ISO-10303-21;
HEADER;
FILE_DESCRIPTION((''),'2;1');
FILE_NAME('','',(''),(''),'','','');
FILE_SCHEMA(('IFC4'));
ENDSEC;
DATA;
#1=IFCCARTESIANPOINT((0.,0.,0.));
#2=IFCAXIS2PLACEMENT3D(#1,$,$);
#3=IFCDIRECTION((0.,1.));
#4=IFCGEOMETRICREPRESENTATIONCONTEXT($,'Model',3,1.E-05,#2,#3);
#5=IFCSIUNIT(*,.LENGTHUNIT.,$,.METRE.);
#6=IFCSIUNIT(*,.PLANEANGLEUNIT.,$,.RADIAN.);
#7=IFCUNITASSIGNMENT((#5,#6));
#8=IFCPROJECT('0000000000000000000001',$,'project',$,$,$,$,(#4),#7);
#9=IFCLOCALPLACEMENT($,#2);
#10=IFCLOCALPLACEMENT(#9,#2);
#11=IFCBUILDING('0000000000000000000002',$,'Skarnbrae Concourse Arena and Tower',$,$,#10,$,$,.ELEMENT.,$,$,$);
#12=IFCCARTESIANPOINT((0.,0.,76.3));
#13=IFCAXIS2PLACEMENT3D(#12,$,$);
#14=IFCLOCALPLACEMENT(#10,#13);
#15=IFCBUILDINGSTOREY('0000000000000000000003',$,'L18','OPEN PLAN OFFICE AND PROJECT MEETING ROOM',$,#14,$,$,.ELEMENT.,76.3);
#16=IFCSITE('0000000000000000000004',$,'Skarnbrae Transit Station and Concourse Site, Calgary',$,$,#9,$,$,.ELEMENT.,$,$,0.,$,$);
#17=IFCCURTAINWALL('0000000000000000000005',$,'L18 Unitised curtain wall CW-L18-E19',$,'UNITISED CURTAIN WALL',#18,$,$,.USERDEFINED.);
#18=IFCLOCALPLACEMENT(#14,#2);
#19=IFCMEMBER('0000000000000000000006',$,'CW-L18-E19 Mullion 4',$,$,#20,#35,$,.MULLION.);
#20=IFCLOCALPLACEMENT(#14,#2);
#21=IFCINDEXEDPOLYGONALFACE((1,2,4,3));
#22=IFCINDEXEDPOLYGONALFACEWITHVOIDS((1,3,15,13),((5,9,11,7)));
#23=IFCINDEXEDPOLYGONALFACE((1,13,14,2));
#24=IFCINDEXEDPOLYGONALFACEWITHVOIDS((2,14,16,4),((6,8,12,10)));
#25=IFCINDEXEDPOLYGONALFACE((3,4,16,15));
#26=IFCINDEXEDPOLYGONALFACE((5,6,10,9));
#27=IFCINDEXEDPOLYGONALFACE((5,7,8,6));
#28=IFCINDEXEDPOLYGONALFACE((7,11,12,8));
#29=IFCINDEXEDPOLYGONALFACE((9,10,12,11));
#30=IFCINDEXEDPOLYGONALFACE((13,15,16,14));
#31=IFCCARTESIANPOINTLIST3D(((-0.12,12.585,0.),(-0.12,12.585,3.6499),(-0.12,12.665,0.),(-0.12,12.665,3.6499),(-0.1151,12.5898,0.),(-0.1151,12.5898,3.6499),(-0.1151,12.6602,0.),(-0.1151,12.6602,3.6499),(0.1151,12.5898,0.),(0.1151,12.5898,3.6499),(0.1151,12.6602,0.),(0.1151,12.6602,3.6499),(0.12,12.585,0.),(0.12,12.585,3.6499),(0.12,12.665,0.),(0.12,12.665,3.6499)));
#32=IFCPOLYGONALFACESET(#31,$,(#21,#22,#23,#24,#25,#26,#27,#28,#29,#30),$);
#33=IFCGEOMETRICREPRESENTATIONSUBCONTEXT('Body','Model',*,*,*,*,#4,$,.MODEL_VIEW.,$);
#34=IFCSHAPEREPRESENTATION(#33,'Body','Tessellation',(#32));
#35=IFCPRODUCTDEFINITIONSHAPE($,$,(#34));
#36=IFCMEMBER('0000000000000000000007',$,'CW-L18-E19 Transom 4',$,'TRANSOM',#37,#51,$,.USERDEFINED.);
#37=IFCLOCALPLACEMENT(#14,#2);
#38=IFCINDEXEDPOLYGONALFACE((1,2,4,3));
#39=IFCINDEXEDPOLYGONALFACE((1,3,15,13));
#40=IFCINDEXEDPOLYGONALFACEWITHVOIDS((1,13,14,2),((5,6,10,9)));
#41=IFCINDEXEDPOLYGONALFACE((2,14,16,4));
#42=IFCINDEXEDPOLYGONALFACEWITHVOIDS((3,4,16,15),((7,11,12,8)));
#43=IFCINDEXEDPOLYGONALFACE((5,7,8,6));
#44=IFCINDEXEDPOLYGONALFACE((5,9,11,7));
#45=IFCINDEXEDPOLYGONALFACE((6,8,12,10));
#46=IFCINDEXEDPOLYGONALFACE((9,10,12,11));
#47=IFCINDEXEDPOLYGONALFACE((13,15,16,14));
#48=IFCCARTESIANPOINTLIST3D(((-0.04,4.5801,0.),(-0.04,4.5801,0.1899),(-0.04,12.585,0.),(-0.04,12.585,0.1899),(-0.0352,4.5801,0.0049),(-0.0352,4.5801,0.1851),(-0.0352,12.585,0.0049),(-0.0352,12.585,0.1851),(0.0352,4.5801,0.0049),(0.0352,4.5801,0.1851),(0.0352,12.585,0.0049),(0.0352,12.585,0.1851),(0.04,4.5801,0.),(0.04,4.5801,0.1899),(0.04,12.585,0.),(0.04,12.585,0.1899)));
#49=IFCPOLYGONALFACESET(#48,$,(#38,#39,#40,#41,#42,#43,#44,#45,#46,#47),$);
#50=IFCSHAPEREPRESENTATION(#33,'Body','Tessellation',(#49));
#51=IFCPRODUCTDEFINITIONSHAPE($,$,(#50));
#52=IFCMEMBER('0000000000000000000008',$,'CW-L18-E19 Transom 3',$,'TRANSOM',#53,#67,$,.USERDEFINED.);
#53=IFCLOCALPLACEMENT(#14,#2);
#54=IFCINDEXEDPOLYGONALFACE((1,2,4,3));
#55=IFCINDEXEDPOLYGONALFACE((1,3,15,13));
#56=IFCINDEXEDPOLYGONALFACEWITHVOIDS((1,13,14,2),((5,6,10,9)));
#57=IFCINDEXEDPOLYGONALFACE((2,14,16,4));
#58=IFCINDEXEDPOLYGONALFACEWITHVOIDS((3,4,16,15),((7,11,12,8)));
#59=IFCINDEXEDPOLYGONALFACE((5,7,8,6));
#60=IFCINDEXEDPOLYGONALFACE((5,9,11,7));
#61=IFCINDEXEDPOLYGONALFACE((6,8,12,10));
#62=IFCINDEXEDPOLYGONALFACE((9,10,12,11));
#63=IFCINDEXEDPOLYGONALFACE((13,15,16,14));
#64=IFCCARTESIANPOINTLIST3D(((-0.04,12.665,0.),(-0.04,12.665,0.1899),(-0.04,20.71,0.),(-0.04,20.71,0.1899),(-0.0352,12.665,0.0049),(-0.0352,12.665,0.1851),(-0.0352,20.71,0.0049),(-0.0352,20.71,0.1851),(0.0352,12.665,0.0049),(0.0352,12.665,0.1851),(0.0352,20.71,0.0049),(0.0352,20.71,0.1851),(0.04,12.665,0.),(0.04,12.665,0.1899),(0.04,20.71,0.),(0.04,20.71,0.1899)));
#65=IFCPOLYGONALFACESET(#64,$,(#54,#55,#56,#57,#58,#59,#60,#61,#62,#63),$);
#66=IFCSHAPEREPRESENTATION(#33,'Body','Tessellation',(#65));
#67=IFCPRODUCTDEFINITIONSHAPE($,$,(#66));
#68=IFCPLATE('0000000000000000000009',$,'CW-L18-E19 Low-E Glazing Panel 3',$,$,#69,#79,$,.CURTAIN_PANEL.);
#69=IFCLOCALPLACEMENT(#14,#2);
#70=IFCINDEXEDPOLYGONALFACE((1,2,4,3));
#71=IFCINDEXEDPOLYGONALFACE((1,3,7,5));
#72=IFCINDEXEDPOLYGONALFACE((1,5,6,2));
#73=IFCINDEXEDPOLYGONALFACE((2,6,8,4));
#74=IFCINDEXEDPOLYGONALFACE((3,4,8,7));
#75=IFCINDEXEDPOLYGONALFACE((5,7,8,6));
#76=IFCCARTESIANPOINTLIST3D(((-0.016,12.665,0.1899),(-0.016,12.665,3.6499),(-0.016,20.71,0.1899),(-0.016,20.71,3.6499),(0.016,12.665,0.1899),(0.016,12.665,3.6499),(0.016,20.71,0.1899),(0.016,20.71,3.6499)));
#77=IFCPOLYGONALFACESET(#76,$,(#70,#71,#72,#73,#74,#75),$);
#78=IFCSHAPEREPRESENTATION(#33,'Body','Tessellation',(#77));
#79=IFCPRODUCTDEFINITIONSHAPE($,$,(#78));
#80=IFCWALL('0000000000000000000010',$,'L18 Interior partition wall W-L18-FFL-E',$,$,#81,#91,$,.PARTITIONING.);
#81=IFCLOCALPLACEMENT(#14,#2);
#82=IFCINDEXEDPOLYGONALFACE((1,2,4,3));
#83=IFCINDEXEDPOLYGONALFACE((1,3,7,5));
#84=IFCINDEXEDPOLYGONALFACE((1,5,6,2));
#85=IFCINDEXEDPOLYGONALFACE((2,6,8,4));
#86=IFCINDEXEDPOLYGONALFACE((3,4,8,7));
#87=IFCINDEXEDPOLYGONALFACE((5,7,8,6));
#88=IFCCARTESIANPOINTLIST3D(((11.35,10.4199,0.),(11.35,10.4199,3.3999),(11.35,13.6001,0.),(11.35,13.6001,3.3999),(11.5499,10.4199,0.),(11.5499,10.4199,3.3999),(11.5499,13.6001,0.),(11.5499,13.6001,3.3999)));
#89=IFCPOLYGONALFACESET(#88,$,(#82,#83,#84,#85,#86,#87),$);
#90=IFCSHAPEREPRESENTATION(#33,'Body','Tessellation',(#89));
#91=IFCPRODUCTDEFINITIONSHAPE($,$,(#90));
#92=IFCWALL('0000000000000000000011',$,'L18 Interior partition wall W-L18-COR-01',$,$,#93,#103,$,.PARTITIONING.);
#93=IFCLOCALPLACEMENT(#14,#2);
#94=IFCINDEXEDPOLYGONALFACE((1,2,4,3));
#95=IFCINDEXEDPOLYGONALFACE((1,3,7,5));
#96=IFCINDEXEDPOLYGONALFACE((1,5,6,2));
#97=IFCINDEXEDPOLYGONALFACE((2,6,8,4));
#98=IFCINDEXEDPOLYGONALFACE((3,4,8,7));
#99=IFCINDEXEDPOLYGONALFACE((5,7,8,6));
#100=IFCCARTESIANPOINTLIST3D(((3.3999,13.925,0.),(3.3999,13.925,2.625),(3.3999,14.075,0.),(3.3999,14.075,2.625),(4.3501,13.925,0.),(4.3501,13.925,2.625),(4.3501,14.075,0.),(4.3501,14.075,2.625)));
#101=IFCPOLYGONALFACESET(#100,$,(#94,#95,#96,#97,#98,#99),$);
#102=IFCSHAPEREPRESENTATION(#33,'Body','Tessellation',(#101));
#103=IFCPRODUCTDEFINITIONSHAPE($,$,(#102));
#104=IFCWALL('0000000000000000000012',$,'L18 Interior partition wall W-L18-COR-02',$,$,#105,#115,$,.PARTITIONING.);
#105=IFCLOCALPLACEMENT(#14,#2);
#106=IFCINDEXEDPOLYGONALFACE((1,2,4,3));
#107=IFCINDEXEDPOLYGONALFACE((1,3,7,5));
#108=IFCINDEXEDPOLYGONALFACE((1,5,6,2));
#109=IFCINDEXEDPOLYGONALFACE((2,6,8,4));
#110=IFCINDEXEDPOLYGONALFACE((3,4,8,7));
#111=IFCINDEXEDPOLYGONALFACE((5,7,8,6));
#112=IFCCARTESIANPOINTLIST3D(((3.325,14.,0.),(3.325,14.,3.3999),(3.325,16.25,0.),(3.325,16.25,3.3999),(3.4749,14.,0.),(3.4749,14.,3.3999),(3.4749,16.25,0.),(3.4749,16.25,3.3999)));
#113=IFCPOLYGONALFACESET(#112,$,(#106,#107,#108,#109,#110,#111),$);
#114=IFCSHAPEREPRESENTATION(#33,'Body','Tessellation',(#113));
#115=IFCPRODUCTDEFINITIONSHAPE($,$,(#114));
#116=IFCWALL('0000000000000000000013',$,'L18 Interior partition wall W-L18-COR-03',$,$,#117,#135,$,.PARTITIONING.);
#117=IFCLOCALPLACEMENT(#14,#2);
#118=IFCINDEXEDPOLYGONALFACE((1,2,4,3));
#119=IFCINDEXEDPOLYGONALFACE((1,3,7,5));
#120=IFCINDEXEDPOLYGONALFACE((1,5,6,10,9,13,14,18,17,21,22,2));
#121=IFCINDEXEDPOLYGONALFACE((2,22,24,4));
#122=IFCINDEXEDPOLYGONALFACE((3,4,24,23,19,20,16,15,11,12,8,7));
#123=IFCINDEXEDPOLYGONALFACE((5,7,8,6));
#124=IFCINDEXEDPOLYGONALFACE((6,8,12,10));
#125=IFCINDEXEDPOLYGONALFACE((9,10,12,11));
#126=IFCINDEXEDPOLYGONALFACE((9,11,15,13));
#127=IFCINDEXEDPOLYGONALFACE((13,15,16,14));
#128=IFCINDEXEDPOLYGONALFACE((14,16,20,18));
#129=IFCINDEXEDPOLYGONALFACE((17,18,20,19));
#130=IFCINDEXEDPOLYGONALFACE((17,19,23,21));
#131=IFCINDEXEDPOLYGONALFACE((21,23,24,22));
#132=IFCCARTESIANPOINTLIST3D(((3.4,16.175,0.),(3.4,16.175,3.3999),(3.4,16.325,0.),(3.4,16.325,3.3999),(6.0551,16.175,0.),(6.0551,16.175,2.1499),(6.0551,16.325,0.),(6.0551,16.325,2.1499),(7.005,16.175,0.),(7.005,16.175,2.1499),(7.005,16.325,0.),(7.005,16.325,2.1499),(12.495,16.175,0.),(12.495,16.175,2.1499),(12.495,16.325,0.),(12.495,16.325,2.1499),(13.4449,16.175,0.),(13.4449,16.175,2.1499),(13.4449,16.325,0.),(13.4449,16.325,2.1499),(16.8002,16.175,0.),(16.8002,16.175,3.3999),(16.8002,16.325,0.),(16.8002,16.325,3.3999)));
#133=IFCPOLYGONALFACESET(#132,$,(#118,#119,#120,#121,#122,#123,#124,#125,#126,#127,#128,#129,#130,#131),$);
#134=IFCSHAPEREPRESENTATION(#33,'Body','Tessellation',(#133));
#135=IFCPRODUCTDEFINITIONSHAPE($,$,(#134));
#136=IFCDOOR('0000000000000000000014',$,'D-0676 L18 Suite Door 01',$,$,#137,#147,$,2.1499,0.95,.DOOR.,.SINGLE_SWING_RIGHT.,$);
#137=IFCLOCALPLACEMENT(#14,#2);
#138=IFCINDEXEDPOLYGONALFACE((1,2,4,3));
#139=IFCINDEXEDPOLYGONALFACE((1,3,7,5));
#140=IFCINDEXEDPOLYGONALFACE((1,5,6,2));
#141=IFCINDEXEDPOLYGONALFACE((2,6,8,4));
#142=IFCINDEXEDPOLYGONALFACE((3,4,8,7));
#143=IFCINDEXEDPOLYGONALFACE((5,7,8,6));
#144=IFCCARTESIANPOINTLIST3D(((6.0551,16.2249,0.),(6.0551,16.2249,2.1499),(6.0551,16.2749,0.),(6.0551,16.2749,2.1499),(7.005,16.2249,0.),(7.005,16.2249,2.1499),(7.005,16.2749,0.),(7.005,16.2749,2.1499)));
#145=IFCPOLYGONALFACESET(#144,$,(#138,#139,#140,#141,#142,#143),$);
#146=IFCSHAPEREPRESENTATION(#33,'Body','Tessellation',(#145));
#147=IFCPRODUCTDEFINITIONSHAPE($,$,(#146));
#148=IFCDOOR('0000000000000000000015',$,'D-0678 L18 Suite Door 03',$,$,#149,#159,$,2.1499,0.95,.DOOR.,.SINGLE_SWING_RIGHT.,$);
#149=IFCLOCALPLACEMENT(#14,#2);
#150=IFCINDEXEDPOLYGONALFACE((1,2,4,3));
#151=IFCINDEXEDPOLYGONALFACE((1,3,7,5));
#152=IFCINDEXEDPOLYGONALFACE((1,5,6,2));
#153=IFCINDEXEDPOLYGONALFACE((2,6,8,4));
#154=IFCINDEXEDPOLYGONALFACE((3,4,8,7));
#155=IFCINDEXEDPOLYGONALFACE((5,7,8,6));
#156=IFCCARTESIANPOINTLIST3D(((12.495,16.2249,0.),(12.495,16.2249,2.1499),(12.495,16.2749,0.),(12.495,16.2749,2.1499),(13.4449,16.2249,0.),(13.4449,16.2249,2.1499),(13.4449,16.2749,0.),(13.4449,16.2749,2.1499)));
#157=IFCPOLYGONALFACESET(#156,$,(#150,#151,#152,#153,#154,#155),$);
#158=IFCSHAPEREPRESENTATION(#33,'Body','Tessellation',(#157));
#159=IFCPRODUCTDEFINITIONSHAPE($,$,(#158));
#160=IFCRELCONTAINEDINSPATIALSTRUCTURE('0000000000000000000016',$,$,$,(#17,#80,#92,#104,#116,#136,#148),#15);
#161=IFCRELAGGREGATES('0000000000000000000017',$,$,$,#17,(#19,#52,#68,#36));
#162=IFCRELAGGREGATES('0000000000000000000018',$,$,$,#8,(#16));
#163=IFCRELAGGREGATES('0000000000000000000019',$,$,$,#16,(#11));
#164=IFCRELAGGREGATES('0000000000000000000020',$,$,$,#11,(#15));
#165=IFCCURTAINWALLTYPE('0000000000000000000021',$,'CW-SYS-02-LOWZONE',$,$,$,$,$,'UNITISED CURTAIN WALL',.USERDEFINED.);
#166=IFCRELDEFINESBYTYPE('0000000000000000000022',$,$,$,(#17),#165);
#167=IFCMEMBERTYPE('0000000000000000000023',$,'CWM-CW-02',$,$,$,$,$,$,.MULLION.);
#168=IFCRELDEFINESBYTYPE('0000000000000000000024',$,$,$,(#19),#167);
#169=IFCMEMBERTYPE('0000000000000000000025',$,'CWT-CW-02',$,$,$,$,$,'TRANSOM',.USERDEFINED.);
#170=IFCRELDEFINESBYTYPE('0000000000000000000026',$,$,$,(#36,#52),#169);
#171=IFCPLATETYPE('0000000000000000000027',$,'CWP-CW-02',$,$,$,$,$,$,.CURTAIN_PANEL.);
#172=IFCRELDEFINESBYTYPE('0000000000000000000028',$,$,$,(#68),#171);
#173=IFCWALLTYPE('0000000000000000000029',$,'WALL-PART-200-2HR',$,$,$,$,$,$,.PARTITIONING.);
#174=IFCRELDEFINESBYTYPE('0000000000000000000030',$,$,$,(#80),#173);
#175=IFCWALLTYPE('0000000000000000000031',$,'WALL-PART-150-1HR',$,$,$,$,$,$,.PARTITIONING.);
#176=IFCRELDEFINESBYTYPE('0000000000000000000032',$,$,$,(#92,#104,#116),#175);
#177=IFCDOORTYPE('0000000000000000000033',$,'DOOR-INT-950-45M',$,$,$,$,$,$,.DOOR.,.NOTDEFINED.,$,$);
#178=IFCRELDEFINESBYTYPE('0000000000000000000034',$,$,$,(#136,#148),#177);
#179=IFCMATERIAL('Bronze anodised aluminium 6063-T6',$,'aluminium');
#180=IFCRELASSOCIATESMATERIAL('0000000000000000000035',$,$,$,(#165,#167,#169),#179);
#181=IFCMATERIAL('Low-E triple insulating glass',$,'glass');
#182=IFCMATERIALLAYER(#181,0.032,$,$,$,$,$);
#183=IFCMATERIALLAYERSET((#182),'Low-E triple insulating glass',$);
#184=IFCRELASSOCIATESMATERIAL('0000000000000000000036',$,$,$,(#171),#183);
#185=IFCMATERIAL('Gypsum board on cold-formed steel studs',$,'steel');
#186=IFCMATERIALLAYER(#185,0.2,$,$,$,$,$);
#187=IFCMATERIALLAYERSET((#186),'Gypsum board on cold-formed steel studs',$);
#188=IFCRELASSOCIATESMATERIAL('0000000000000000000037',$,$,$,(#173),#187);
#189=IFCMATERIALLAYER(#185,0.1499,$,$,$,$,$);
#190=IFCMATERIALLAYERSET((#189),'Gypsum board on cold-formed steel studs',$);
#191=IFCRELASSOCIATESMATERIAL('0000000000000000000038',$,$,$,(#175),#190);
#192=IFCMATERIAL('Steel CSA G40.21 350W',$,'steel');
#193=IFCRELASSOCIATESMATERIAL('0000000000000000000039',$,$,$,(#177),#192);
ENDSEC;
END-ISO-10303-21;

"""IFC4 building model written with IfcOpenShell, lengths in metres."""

from ifc_helpers import new_model, si_unit, direction, frame, frame_2d, origin, origin_2d, place, context, subcontext, project, spatial, rectangle, hollow_rectangle, extrude, source, transform, mapped, material, layer, layer_set, material_profile, profile_set, type_object, element, fill, aggregate, save


model = new_model("IFC4")

# Units and contexts
model_context = context("Model", 3, precision=1e-05, world=origin(), true_north=direction((0.0, 1.0)))
body_context = subcontext(model_context, "Body", "Model", "MODEL_VIEW")
ifc_project = project(units=[si_unit("LENGTHUNIT", "METRE"), si_unit("PLANEANGLEUNIT", "RADIAN")], contexts=[model_context])

# Site, building, storey
site_placement = place(None, origin())
site = spatial("IfcSite", under=ifc_project, at=site_placement, Name="Skarnbrae Transit Station and Concourse Site, Calgary", CompositionType="ELEMENT", RefElevation=0.0)
building_placement = place(site_placement, origin())
building = spatial("IfcBuilding", under=site, at=building_placement, Name="Skarnbrae Concourse Arena and Tower", CompositionType="ELEMENT")
storey_placement = place(building_placement, frame((0.0, 0.0, 76.3)))
storey = spatial("IfcBuildingStorey", under=building, at=storey_placement, Name="L18", Description="OPEN PLAN OFFICE AND PROJECT MEETING ROOM", CompositionType="ELEMENT", Elevation=76.3)

# Shared definitions
ifc_material_1 = material(Name="Steel CSA G40.21 350W", Category="steel")

# Curtain wall, members, plate
ifc_material_2 = material(Name="Bronze anodised aluminium 6063-T6", Category="aluminium")
curtain_wall_type = type_object("IfcCurtainWallType", Name="CW-SYS-02-LOWZONE", ElementType="UNITISED CURTAIN WALL", PredefinedType="USERDEFINED", material=ifc_material_2)
curtain_wall_placement = place(storey_placement, origin())
curtain_wall = element("IfcCurtainWall", 1, at=curtain_wall_placement, inside=storey, type_object=curtain_wall_type, Name="L18 Unitised curtain wall CW-L18-E19", ObjectType="UNITISED CURTAIN WALL", PredefinedType="USERDEFINED")
ifc_material_profile_1 = material_profile(ifc_material_2, hollow_rectangle(XDim=0.0801, YDim=0.24, WallThickness=0.0049, at=origin_2d()), Name="ALU-MULL-80X240")
ifc_profile_set_1 = profile_set([ifc_material_profile_1], Name="Bronze anodised aluminium 6063-T6")
member_type_1 = type_object("IfcMemberType", Name="CWM-CW-02", PredefinedType="MULLION", material=ifc_profile_set_1)
shared_shape_1 = source(origin(), body_context, "Body", "SweptSolid", [
    extrude(hollow_rectangle(XDim=0.0801, YDim=0.24, WallThickness=0.0049, at=origin_2d()), origin(), (0.0, 0.0, 1.0), 3.6499),
])
member_1_placement = place(storey_placement, frame((0.0, 12.625, 0.0), z_axis=(0.0, 0.0, 1.0), x_axis=(0.0, -1.0, 0.0)))
member_1 = element("IfcMember", 2, at=member_1_placement, type_object=member_type_1, Name="CW-L18-E19 Mullion 4", PredefinedType="MULLION", context=body_context, shape_type="MappedRepresentation", body=[
    mapped(shared_shape_1, transform((0.0, 0.0, 0.0))),
])
ifc_material_profile_2 = material_profile(ifc_material_2, hollow_rectangle(XDim=0.0801, YDim=0.1899, WallThickness=0.0049, at=origin_2d()), Name="ALU-TRAN-80X190")
ifc_profile_set_2 = profile_set([ifc_material_profile_2], Name="Bronze anodised aluminium 6063-T6")
member_type_2 = type_object("IfcMemberType", Name="CWT-CW-02", ElementType="TRANSOM", PredefinedType="USERDEFINED", material=ifc_profile_set_2)
shared_shape_2 = source(origin(), body_context, "Body", "SweptSolid", [
    extrude(hollow_rectangle(XDim=0.0801, YDim=0.1899, WallThickness=0.0049, at=origin_2d()), origin(), (0.0, 0.0, 1.0), 8.0049),
])
member_2_placement = place(storey_placement, frame((0.0, 12.585, 0.095), z_axis=(0.0, -1.0, 0.0), x_axis=(1.0, 0.0, 0.0)))
member_2 = element("IfcMember", 3, at=member_2_placement, type_object=member_type_2, Name="CW-L18-E19 Transom 4", ObjectType="TRANSOM", PredefinedType="USERDEFINED", context=body_context, shape_type="MappedRepresentation", body=[
    mapped(shared_shape_2, transform((0.0, 0.0, 0.0))),
])
shared_shape_3 = source(origin(), body_context, "Body", "SweptSolid", [
    extrude(hollow_rectangle(XDim=0.0801, YDim=0.1899, WallThickness=0.0049, at=origin_2d()), origin(), (0.0, 0.0, 1.0), 8.0449),
])
member_3_placement = place(storey_placement, frame((0.0, 20.71, 0.095), z_axis=(0.0, -1.0, 0.0), x_axis=(1.0, 0.0, 0.0)))
member_3 = element("IfcMember", 4, at=member_3_placement, type_object=member_type_2, Name="CW-L18-E19 Transom 3", ObjectType="TRANSOM", PredefinedType="USERDEFINED", context=body_context, shape_type="MappedRepresentation", body=[
    mapped(shared_shape_3, transform((0.0, 0.0, 0.0))),
])
ifc_material_3 = material(Name="Low-E triple insulating glass", Category="glass")
ifc_layer_1 = layer(ifc_material_3, 0.032)
ifc_layer_set_1 = layer_set([ifc_layer_1], Name="Low-E triple insulating glass")
plate_type = type_object("IfcPlateType", Name="CWP-CW-02", PredefinedType="CURTAIN_PANEL", material=ifc_layer_set_1)
shared_shape_4 = source(origin(), body_context, "Body", "SweptSolid", [
    extrude(rectangle(XDim=8.0449, YDim=0.032, at=origin_2d()), origin(), (0.0, 0.0, 1.0), 3.46),
])
plate_placement = place(storey_placement, frame((0.0, 16.6875, 0.1899), z_axis=(0.0, 0.0, 1.0), x_axis=(0.0, -1.0, 0.0)))
plate = element("IfcPlate", 5, at=plate_placement, type_object=plate_type, Name="CW-L18-E19 Low-E Glazing Panel 3", PredefinedType="CURTAIN_PANEL", context=body_context, shape_type="MappedRepresentation", body=[
    mapped(shared_shape_4, transform((0.0, 0.0, 0.0))),
])
aggregate(curtain_wall, [member_1, member_3, plate, member_2])

# Wall
ifc_material_4 = material(Name="Gypsum board on cold-formed steel studs", Category="steel")
ifc_layer_2 = layer(ifc_material_4, 0.2)
ifc_layer_set_2 = layer_set([ifc_layer_2], Name="Gypsum board on cold-formed steel studs")
wall_type_1 = type_object("IfcWallType", Name="WALL-PART-200-2HR", PredefinedType="PARTITIONING", material=ifc_layer_set_2)
shared_shape_5 = source(origin(), body_context, "Body", "SweptSolid", [
    extrude(rectangle(XDim=3.1802, YDim=0.2, at=frame_2d((1.5901, 0.0))), origin(), (0.0, 0.0, 1.0), 3.3999),
])
wall_1_placement = place(storey_placement, frame((11.45, 10.4199, 0.0), z_axis=(0.0, 0.0, 1.0), x_axis=(0.0, 1.0, 0.0)))
element("IfcWall", 6, at=wall_1_placement, inside=storey, type_object=wall_type_1, Name="L18 Interior partition wall W-L18-FFL-E", PredefinedType="PARTITIONING", context=body_context, shape_type="MappedRepresentation", body=[
    mapped(shared_shape_5, transform((0.0, 0.0, 0.0))),
])

# Walls
ifc_layer_3 = layer(ifc_material_4, 0.1499)
ifc_layer_set_3 = layer_set([ifc_layer_3], Name="Gypsum board on cold-formed steel studs")
wall_type_2 = type_object("IfcWallType", Name="WALL-PART-150-1HR", PredefinedType="PARTITIONING", material=ifc_layer_set_3)
shared_shape_6 = source(origin(), body_context, "Body", "SweptSolid", [
    extrude(rectangle(XDim=0.9502, YDim=0.1499, at=frame_2d((0.4751, 0.0))), origin(), (0.0, 0.0, 1.0), 2.625),
])
wall_2_placement = place(storey_placement, frame((4.3501, 14.0, 0.0), z_axis=(0.0, 0.0, 1.0), x_axis=(-1.0, 0.0, 0.0)))
element("IfcWall", 7, at=wall_2_placement, inside=storey, type_object=wall_type_2, Name="L18 Interior partition wall W-L18-COR-01", PredefinedType="PARTITIONING", context=body_context, shape_type="MappedRepresentation", body=[
    mapped(shared_shape_6, transform((0.0, 0.0, 0.0))),
])
shared_shape_7 = source(origin(), body_context, "Body", "SweptSolid", [
    extrude(rectangle(XDim=2.25, YDim=0.1499, at=frame_2d((1.125, 0.0))), origin(), (0.0, 0.0, 1.0), 3.3999),
])
wall_3_placement = place(storey_placement, frame((3.3999, 14.0, 0.0), z_axis=(0.0, 0.0, 1.0), x_axis=(0.0, 1.0, 0.0)))
element("IfcWall", 8, at=wall_3_placement, inside=storey, type_object=wall_type_2, Name="L18 Interior partition wall W-L18-COR-02", PredefinedType="PARTITIONING", context=body_context, shape_type="MappedRepresentation", body=[
    mapped(shared_shape_7, transform((0.0, 0.0, 0.0))),
])

# Wall, openings, doors
shared_shape_8 = source(origin(), body_context, "Body", "SweptSolid", [
    extrude(rectangle(XDim=13.4001, YDim=0.1499, at=frame_2d((6.7002, 0.0))), origin(), (0.0, 0.0, 1.0), 3.3999),
])
wall_4_placement = place(storey_placement, frame((3.3999, 16.25, 0.0), z_axis=(0.0, 0.0, 1.0), x_axis=(1.0, 0.0, 0.0)))
wall_4 = element("IfcWall", 9, at=wall_4_placement, inside=storey, type_object=wall_type_2, Name="L18 Interior partition wall W-L18-COR-03", PredefinedType="PARTITIONING", context=body_context, shape_type="MappedRepresentation", body=[
    mapped(shared_shape_8, transform((0.0, 0.0, 0.0))),
])
opening_1_placement = place(wall_4_placement, frame((2.655, 0.0, 0.0)))
opening_1 = element("IfcOpeningElement", 10, at=opening_1_placement, cuts=wall_4, PredefinedType="OPENING", context=body_context, shape_type="SweptSolid", body=[
    extrude(rectangle(XDim=0.95, YDim=2.1499, at=frame_2d((0.4751, 1.075))), frame((0.0, 0.085, 0.0), z_axis=(0.0, -1.0, 0.0), x_axis=(1.0, 0.0, 0.0)), (0.0, 0.0, 1.0), 0.1699),
])
opening_2_placement = place(wall_4_placement, frame((9.095, 0.0, 0.0)))
opening_2 = element("IfcOpeningElement", 11, at=opening_2_placement, cuts=wall_4, PredefinedType="OPENING", context=body_context, shape_type="SweptSolid", body=[
    extrude(rectangle(XDim=0.95, YDim=2.1499, at=frame_2d((0.4751, 1.075))), frame((0.0, 0.085, 0.0), z_axis=(0.0, -1.0, 0.0), x_axis=(1.0, 0.0, 0.0)), (0.0, 0.0, 1.0), 0.1699),
])
door_type_1 = type_object("IfcDoorType", Name="DOOR-INT-950-45M", OperationType="NOTDEFINED", PredefinedType="DOOR", material=ifc_material_1)
shared_shape_9 = source(origin(), body_context, "Body", "SweptSolid", [
    extrude(rectangle(XDim=0.95, YDim=2.1499, at=frame_2d((0.4751, 1.075))), frame((0.0, 0.0249, 0.0), z_axis=(0.0, -1.0, 0.0), x_axis=(1.0, 0.0, 0.0)), (0.0, 0.0, 1.0), 0.05),
])
door_1_placement = place(opening_1_placement, origin())
door_1 = element("IfcDoor", 12, at=door_1_placement, inside=storey, type_object=door_type_1, Name="D-0676 L18 Suite Door 01", OperationType="SINGLE_SWING_RIGHT", OverallHeight=2.1499, OverallWidth=0.95, PredefinedType="DOOR", context=body_context, shape_type="MappedRepresentation", body=[
    mapped(shared_shape_9, transform((0.0, 0.0, 0.0))),
])
fill(opening_1, door_1)
door_2_placement = place(opening_2_placement, origin())
door_2 = element("IfcDoor", 13, at=door_2_placement, inside=storey, type_object=door_type_1, Name="D-0678 L18 Suite Door 03", OperationType="SINGLE_SWING_RIGHT", OverallHeight=2.1499, OverallWidth=0.95, PredefinedType="DOOR", context=body_context, shape_type="MappedRepresentation", body=[
    mapped(shared_shape_9, transform((0.0, 0.0, 0.0))),
])
fill(opening_2, door_2)

save(model, "model.ifc")
